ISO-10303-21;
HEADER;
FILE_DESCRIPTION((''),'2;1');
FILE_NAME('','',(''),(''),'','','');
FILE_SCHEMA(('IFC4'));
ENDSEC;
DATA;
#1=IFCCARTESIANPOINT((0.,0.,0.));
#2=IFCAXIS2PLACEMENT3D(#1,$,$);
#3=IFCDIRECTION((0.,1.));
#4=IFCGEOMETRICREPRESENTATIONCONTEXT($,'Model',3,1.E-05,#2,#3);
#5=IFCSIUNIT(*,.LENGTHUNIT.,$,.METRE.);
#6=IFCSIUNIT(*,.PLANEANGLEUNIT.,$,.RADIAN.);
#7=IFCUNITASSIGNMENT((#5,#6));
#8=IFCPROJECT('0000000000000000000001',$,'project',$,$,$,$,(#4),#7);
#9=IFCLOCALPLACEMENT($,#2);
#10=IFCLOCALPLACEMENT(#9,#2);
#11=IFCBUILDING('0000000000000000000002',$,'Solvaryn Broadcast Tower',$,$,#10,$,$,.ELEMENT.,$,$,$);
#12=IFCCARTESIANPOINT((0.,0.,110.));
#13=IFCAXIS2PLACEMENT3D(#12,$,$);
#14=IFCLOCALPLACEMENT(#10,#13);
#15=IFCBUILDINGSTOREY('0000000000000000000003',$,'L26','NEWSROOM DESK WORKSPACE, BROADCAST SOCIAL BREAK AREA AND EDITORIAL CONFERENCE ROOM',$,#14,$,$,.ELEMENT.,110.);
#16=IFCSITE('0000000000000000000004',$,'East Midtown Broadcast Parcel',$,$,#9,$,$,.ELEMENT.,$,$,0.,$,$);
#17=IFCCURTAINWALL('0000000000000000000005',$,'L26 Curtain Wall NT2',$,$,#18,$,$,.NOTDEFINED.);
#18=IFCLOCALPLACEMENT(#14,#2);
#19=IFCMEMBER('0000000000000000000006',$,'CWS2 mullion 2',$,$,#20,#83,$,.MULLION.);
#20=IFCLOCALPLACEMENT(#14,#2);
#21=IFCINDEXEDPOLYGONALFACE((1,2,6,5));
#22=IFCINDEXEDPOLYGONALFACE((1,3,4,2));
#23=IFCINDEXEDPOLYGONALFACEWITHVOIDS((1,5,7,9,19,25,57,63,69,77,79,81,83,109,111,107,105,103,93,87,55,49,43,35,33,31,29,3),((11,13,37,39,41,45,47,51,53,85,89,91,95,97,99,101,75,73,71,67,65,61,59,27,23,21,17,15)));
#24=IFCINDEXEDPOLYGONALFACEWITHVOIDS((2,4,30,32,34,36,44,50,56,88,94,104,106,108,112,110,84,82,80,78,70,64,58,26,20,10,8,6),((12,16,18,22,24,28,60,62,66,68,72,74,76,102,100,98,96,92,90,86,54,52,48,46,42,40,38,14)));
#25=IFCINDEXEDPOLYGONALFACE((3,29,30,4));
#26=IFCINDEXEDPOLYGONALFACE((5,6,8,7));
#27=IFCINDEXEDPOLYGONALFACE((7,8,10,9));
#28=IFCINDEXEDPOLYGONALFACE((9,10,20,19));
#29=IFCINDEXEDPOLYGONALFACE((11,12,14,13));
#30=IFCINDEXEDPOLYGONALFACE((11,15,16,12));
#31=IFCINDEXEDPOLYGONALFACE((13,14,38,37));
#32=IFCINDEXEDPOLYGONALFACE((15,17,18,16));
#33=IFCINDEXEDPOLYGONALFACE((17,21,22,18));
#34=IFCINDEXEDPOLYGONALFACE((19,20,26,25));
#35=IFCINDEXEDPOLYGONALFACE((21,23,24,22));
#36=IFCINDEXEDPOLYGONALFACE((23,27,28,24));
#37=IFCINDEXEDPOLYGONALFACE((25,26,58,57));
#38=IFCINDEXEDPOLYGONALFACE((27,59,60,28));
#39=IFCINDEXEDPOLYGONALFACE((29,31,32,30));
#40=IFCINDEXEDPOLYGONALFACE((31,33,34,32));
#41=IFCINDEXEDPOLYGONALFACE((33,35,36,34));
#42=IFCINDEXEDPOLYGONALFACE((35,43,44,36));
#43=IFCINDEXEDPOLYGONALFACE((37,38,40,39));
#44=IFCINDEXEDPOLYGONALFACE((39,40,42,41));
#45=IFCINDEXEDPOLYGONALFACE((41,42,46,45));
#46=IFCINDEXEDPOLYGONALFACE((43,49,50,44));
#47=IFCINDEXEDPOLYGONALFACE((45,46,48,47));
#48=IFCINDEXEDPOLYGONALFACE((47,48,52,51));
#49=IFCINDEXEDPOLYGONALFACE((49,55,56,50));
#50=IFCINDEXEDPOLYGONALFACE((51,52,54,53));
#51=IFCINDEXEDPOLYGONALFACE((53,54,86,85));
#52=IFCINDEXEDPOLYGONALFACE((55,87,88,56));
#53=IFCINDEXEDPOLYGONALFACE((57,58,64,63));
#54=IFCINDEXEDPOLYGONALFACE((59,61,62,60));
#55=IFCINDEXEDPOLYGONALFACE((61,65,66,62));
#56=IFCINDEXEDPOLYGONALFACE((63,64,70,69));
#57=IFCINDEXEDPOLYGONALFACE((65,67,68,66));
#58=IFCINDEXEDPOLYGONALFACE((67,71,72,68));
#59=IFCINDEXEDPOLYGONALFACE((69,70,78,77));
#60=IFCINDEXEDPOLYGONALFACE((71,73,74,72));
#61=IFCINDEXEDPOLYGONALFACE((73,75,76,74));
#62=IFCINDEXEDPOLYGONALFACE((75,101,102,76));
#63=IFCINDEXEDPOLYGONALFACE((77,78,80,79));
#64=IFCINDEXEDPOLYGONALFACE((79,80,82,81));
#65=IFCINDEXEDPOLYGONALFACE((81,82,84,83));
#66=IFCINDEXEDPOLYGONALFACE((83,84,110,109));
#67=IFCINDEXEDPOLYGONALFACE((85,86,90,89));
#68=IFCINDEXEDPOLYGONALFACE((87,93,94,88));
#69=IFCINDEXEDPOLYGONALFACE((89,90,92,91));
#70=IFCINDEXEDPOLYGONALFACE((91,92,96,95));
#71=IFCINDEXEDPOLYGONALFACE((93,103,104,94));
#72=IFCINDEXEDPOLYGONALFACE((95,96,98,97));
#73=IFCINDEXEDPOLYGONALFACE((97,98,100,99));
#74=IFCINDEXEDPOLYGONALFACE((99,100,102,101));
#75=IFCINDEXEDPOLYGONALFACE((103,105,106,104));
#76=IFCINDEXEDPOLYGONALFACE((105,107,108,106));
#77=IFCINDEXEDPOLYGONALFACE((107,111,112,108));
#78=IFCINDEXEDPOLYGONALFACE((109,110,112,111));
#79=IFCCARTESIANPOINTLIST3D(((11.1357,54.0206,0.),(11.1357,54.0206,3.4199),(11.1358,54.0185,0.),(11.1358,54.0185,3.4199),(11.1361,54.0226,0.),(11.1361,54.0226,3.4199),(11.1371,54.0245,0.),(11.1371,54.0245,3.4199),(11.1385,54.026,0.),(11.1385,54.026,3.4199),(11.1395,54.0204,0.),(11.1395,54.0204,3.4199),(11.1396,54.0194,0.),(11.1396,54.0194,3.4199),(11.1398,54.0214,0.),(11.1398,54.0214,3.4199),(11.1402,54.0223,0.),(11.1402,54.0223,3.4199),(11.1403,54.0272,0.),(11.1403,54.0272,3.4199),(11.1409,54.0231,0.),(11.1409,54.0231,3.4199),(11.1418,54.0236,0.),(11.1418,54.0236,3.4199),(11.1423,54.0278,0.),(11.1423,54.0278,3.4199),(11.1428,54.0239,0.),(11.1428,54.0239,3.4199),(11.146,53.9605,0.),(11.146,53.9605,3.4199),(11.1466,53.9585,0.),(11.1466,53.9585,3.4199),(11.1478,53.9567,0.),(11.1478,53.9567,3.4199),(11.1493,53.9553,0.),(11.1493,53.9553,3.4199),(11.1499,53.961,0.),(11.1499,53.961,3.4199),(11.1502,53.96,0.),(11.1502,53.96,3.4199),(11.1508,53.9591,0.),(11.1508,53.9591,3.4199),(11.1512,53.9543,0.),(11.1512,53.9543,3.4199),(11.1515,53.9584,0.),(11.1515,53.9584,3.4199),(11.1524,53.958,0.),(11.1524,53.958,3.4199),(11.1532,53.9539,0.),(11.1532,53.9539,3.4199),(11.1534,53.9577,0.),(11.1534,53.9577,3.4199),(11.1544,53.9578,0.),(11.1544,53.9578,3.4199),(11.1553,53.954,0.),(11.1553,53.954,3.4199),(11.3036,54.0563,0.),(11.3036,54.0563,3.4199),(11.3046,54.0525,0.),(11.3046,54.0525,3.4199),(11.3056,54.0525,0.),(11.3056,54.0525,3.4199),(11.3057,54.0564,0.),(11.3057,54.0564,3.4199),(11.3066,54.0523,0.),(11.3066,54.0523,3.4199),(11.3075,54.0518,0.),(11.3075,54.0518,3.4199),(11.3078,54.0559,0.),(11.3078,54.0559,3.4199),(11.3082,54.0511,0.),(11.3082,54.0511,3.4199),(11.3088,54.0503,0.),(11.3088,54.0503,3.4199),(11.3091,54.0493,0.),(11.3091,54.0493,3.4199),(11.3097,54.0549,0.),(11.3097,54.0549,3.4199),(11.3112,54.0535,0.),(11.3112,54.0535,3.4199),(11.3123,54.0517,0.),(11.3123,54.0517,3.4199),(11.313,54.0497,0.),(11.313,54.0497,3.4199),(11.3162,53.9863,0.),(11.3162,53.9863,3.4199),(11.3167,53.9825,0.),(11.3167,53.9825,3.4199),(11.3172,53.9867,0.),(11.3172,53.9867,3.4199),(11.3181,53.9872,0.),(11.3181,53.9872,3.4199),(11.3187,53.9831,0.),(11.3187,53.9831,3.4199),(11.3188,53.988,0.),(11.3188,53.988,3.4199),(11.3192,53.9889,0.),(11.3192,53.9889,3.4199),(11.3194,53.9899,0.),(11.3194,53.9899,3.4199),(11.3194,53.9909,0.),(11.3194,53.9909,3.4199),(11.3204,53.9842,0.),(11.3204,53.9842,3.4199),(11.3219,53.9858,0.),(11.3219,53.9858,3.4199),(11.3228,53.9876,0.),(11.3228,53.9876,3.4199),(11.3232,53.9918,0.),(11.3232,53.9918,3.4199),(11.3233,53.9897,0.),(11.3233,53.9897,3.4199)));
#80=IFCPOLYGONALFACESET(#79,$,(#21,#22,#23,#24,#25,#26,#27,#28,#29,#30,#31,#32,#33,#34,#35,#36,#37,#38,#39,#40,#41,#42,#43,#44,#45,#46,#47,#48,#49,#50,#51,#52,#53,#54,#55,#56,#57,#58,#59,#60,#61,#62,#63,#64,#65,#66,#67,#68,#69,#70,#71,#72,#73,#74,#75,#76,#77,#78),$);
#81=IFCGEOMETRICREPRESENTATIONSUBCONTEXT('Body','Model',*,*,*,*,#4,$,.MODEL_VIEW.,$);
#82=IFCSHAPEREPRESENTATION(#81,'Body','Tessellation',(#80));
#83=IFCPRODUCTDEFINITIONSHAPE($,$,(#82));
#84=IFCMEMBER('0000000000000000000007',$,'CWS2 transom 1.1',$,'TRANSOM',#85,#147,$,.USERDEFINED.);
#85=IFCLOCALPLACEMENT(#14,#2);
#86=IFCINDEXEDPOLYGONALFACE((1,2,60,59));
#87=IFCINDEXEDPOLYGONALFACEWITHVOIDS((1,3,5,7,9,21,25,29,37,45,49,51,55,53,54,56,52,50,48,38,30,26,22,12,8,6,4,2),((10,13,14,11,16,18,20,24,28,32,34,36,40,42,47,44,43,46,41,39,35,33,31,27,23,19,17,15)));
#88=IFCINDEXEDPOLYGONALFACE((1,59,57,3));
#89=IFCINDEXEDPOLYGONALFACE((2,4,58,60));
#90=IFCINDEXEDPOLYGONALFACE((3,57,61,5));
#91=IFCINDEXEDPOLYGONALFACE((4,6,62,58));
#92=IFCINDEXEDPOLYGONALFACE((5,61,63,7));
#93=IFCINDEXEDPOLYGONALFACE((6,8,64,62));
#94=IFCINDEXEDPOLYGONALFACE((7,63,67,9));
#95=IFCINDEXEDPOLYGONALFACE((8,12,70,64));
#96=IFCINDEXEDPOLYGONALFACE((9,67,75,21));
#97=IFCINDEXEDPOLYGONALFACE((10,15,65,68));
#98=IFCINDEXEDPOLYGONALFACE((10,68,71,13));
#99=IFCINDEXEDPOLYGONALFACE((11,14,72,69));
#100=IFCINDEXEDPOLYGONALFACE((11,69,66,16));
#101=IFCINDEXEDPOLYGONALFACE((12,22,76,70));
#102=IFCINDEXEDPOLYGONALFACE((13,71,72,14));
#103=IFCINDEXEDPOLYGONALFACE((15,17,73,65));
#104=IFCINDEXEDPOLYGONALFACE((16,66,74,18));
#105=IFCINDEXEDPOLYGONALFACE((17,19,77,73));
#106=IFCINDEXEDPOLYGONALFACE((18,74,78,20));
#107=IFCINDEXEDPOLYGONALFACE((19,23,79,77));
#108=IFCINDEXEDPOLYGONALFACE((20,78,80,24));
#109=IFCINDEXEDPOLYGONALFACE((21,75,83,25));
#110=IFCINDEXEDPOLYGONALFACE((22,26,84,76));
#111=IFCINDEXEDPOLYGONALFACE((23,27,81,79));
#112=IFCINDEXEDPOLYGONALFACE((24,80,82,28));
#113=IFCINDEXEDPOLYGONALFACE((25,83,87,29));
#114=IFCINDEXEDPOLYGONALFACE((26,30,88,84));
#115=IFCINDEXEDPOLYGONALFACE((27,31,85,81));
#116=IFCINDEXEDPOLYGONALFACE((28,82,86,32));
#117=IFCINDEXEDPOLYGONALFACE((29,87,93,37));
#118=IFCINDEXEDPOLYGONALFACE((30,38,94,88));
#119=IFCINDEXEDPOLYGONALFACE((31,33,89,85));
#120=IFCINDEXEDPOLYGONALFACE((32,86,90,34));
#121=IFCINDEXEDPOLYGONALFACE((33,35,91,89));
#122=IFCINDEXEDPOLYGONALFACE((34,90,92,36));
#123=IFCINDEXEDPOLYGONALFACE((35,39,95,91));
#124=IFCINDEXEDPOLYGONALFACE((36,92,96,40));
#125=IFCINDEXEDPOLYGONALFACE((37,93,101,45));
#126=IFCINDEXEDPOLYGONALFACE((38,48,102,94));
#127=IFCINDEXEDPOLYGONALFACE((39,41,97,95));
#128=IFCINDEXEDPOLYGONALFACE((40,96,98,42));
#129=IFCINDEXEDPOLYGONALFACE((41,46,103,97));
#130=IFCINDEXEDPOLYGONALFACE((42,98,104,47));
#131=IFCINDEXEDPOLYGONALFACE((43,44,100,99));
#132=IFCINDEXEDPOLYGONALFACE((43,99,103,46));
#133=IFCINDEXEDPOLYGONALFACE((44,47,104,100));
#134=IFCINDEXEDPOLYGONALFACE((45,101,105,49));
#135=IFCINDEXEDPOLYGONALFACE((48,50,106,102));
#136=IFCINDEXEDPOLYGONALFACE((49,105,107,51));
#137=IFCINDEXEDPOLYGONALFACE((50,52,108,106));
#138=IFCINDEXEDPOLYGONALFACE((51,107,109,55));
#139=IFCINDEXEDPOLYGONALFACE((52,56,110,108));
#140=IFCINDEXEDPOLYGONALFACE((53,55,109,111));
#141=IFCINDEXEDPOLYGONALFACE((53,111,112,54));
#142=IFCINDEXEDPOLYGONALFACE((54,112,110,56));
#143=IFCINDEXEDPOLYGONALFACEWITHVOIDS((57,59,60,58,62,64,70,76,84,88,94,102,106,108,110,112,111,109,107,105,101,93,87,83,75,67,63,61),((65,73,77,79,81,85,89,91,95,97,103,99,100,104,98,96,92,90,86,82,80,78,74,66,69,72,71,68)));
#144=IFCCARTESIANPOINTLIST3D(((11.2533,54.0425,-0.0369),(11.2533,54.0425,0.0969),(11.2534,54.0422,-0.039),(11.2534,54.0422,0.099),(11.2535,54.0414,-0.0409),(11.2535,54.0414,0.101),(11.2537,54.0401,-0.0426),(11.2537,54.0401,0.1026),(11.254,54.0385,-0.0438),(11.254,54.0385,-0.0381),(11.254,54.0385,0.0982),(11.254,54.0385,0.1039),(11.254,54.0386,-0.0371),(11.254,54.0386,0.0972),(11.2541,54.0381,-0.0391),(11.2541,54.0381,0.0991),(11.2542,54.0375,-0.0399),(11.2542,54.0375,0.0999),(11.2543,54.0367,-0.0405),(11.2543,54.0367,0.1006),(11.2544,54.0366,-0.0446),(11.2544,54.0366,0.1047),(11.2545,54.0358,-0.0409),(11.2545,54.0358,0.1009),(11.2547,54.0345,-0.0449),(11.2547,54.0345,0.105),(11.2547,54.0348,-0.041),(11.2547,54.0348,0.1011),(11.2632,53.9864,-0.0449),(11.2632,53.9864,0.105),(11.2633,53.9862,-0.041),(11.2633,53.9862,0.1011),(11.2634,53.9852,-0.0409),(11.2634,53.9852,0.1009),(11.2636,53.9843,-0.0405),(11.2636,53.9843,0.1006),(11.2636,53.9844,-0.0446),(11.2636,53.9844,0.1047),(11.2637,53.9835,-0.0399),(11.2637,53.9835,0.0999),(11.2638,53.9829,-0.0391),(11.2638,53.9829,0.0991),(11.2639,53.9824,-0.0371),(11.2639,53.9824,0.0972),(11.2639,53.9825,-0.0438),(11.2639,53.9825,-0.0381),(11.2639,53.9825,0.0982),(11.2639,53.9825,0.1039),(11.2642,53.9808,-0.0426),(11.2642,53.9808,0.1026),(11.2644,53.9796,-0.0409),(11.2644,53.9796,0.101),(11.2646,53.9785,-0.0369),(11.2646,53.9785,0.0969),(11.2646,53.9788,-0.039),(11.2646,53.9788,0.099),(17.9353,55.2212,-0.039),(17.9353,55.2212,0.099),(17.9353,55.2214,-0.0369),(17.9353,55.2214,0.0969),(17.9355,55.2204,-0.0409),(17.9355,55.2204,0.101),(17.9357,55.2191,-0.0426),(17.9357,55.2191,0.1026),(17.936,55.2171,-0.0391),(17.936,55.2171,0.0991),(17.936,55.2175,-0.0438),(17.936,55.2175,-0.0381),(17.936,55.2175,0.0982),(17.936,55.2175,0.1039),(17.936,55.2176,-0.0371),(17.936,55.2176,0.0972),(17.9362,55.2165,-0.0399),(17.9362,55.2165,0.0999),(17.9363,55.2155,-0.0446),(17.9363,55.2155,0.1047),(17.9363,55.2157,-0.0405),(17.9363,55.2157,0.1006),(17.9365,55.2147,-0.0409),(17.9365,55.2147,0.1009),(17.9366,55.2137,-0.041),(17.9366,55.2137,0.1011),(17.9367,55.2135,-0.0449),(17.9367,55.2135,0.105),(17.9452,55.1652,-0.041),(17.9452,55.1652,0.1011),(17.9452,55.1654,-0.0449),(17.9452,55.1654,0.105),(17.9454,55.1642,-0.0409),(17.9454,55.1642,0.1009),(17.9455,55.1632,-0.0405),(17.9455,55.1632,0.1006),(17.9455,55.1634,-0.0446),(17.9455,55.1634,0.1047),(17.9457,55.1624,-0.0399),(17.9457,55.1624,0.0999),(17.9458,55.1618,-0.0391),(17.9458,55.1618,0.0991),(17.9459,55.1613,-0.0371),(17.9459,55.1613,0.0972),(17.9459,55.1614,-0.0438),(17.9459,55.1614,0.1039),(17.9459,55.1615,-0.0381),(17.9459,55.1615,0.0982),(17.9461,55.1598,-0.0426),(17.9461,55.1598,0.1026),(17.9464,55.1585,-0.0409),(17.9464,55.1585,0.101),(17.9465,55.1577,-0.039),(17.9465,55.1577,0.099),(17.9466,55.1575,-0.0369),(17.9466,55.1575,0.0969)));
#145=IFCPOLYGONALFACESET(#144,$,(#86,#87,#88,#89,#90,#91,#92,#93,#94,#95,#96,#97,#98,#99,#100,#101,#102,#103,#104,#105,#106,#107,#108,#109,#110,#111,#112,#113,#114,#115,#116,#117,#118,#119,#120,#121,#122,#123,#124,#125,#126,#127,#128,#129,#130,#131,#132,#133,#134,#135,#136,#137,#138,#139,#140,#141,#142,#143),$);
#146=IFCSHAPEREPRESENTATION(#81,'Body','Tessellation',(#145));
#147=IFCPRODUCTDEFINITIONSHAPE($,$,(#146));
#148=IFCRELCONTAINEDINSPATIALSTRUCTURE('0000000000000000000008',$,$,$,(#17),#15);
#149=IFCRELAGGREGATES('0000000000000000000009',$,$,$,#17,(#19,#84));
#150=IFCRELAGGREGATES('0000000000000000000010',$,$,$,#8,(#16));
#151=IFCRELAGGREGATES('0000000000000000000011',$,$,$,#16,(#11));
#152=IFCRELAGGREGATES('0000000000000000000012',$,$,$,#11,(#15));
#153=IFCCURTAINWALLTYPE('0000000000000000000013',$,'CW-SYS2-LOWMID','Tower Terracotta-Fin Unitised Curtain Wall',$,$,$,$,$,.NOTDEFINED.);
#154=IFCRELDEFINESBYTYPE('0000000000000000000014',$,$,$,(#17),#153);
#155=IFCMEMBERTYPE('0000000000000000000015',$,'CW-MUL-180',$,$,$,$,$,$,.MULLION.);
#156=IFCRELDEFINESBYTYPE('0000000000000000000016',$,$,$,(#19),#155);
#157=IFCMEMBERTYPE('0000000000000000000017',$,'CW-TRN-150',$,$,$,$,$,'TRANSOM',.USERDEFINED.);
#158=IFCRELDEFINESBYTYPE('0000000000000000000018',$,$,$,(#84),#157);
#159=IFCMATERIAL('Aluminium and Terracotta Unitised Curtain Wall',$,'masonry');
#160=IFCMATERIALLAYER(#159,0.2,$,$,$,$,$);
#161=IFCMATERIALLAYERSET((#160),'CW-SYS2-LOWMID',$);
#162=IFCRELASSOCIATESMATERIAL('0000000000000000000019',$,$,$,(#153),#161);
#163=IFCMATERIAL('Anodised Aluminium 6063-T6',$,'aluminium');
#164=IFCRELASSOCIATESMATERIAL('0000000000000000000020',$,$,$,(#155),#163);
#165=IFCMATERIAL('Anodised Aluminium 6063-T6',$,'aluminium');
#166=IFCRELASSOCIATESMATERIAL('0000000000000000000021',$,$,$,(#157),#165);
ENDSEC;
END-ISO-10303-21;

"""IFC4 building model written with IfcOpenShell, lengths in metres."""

from ifc_helpers import new_model, si_unit, direction, frame, origin, origin_2d, place, context, subcontext, project, spatial, hollow_rectangle, extrude, material, layer, layer_set, material_profile, profile_set, type_object, element, aggregate, save


model = new_model("IFC4")

# Units and contexts
model_context = context("Model", 3, precision=1e-05, world=origin(), true_north=direction((0.0, 1.0)))
body_context = subcontext(model_context, "Body", "Model", "MODEL_VIEW")
ifc_project = project(units=[si_unit("LENGTHUNIT", "METRE"), si_unit("PLANEANGLEUNIT", "RADIAN")], contexts=[model_context])

# Site, building, storey
site_placement = place(None, origin())
site = spatial("IfcSite", under=ifc_project, at=site_placement, Name="East Midtown Broadcast Parcel", CompositionType="ELEMENT", RefElevation=0.0)
building_placement = place(site_placement, origin())
building = spatial("IfcBuilding", under=site, at=building_placement, Name="Solvaryn Broadcast Tower", CompositionType="ELEMENT")
storey_placement = place(building_placement, frame((0.0, 0.0, 110.0)))
storey = spatial("IfcBuildingStorey", under=building, at=storey_placement, Name="L26", Description="NEWSROOM DESK WORKSPACE, BROADCAST SOCIAL BREAK AREA AND EDITORIAL CONFERENCE ROOM", CompositionType="ELEMENT", Elevation=110.0)

# Shared definitions
ifc_material_1 = material(Name="Aluminium and Terracotta Unitised Curtain Wall", Category="masonry")
ifc_layer_1 = layer(ifc_material_1, 0.2)
ifc_layer_set_1 = layer_set([ifc_layer_1], Name="CW-SYS2-LOWMID")
curtain_wall_type = type_object("IfcCurtainWallType", Name="CW-SYS2-LOWMID", Description="Tower Terracotta-Fin Unitised Curtain Wall", PredefinedType="NOTDEFINED", material=ifc_layer_set_1)
ifc_material_2 = material(Name="Anodised Aluminium 6063-T6", Category="aluminium")
ifc_material_profile_1 = material_profile(ifc_material_2, hollow_rectangle(XDim=0.075, YDim=0.1799, WallThickness=0.0039, InnerFilletRadius=0.0039, OuterFilletRadius=0.0081, at=origin_2d()))
ifc_profile_set_1 = profile_set([ifc_material_profile_1], Name="Anodised Aluminium 6063-T6")
member_type_1 = type_object("IfcMemberType", Name="CW-MUL-180", PredefinedType="MULLION", material=ifc_profile_set_1)

# Curtain wall, members
curtain_wall_1_placement = place(storey_placement, origin())
curtain_wall_1 = element("IfcCurtainWall", 1, at=curtain_wall_1_placement, inside=storey, type_object=curtain_wall_type, Name="L26 Curtain Wall NT2", PredefinedType="NOTDEFINED")
member_1_placement = place(storey_placement, frame((11.2295, 54.0051, 0.0), z_axis=(0.0, 0.0, 1.0), x_axis=(0.173785, -0.984784, 0.0)))
member_1 = element("IfcMember", 2, at=member_1_placement, type_object=member_type_1, Name="CWS2 mullion 2", PredefinedType="MULLION", context=body_context, shape_type="SweptSolid", body=[
    extrude(hollow_rectangle(XDim=0.075, YDim=0.1799, WallThickness=0.0039, InnerFilletRadius=0.0039, OuterFilletRadius=0.0081, at=origin_2d()), origin(), (0.0, 0.0, 1.0), 3.4199),
])
ifc_material_3 = material(Name="Anodised Aluminium 6063-T6", Category="aluminium")
ifc_material_profile_2 = material_profile(ifc_material_3, hollow_rectangle(XDim=0.0649, YDim=0.1499, WallThickness=0.0039, InnerFilletRadius=0.0039, OuterFilletRadius=0.0081, at=origin_2d()))
ifc_profile_set_2 = profile_set([ifc_material_profile_2], Name="Anodised Aluminium 6063-T6")
member_type_2 = type_object("IfcMemberType", Name="CW-TRN-150", ElementType="TRANSOM", PredefinedType="USERDEFINED", material=ifc_profile_set_2)
member_2_placement = place(storey_placement, frame((17.9409, 55.1895, 0.03), z_axis=(-0.984789, -0.173757, 0.0), x_axis=(0.173757, -0.984789, 0.0)))
member_2 = element("IfcMember", 3, at=member_2_placement, type_object=member_type_2, Name="CWS2 transom 1.1", ObjectType="TRANSOM", PredefinedType="USERDEFINED", context=body_context, shape_type="SweptSolid", body=[
    extrude(hollow_rectangle(XDim=0.0649, YDim=0.1499, WallThickness=0.0039, InnerFilletRadius=0.0039, OuterFilletRadius=0.0081, at=origin_2d()), origin(), (0.0, 0.0, 1.0), 6.7852),
])

aggregate(curtain_wall_1, [member_1, member_2])

save(model, "model.ifc")
